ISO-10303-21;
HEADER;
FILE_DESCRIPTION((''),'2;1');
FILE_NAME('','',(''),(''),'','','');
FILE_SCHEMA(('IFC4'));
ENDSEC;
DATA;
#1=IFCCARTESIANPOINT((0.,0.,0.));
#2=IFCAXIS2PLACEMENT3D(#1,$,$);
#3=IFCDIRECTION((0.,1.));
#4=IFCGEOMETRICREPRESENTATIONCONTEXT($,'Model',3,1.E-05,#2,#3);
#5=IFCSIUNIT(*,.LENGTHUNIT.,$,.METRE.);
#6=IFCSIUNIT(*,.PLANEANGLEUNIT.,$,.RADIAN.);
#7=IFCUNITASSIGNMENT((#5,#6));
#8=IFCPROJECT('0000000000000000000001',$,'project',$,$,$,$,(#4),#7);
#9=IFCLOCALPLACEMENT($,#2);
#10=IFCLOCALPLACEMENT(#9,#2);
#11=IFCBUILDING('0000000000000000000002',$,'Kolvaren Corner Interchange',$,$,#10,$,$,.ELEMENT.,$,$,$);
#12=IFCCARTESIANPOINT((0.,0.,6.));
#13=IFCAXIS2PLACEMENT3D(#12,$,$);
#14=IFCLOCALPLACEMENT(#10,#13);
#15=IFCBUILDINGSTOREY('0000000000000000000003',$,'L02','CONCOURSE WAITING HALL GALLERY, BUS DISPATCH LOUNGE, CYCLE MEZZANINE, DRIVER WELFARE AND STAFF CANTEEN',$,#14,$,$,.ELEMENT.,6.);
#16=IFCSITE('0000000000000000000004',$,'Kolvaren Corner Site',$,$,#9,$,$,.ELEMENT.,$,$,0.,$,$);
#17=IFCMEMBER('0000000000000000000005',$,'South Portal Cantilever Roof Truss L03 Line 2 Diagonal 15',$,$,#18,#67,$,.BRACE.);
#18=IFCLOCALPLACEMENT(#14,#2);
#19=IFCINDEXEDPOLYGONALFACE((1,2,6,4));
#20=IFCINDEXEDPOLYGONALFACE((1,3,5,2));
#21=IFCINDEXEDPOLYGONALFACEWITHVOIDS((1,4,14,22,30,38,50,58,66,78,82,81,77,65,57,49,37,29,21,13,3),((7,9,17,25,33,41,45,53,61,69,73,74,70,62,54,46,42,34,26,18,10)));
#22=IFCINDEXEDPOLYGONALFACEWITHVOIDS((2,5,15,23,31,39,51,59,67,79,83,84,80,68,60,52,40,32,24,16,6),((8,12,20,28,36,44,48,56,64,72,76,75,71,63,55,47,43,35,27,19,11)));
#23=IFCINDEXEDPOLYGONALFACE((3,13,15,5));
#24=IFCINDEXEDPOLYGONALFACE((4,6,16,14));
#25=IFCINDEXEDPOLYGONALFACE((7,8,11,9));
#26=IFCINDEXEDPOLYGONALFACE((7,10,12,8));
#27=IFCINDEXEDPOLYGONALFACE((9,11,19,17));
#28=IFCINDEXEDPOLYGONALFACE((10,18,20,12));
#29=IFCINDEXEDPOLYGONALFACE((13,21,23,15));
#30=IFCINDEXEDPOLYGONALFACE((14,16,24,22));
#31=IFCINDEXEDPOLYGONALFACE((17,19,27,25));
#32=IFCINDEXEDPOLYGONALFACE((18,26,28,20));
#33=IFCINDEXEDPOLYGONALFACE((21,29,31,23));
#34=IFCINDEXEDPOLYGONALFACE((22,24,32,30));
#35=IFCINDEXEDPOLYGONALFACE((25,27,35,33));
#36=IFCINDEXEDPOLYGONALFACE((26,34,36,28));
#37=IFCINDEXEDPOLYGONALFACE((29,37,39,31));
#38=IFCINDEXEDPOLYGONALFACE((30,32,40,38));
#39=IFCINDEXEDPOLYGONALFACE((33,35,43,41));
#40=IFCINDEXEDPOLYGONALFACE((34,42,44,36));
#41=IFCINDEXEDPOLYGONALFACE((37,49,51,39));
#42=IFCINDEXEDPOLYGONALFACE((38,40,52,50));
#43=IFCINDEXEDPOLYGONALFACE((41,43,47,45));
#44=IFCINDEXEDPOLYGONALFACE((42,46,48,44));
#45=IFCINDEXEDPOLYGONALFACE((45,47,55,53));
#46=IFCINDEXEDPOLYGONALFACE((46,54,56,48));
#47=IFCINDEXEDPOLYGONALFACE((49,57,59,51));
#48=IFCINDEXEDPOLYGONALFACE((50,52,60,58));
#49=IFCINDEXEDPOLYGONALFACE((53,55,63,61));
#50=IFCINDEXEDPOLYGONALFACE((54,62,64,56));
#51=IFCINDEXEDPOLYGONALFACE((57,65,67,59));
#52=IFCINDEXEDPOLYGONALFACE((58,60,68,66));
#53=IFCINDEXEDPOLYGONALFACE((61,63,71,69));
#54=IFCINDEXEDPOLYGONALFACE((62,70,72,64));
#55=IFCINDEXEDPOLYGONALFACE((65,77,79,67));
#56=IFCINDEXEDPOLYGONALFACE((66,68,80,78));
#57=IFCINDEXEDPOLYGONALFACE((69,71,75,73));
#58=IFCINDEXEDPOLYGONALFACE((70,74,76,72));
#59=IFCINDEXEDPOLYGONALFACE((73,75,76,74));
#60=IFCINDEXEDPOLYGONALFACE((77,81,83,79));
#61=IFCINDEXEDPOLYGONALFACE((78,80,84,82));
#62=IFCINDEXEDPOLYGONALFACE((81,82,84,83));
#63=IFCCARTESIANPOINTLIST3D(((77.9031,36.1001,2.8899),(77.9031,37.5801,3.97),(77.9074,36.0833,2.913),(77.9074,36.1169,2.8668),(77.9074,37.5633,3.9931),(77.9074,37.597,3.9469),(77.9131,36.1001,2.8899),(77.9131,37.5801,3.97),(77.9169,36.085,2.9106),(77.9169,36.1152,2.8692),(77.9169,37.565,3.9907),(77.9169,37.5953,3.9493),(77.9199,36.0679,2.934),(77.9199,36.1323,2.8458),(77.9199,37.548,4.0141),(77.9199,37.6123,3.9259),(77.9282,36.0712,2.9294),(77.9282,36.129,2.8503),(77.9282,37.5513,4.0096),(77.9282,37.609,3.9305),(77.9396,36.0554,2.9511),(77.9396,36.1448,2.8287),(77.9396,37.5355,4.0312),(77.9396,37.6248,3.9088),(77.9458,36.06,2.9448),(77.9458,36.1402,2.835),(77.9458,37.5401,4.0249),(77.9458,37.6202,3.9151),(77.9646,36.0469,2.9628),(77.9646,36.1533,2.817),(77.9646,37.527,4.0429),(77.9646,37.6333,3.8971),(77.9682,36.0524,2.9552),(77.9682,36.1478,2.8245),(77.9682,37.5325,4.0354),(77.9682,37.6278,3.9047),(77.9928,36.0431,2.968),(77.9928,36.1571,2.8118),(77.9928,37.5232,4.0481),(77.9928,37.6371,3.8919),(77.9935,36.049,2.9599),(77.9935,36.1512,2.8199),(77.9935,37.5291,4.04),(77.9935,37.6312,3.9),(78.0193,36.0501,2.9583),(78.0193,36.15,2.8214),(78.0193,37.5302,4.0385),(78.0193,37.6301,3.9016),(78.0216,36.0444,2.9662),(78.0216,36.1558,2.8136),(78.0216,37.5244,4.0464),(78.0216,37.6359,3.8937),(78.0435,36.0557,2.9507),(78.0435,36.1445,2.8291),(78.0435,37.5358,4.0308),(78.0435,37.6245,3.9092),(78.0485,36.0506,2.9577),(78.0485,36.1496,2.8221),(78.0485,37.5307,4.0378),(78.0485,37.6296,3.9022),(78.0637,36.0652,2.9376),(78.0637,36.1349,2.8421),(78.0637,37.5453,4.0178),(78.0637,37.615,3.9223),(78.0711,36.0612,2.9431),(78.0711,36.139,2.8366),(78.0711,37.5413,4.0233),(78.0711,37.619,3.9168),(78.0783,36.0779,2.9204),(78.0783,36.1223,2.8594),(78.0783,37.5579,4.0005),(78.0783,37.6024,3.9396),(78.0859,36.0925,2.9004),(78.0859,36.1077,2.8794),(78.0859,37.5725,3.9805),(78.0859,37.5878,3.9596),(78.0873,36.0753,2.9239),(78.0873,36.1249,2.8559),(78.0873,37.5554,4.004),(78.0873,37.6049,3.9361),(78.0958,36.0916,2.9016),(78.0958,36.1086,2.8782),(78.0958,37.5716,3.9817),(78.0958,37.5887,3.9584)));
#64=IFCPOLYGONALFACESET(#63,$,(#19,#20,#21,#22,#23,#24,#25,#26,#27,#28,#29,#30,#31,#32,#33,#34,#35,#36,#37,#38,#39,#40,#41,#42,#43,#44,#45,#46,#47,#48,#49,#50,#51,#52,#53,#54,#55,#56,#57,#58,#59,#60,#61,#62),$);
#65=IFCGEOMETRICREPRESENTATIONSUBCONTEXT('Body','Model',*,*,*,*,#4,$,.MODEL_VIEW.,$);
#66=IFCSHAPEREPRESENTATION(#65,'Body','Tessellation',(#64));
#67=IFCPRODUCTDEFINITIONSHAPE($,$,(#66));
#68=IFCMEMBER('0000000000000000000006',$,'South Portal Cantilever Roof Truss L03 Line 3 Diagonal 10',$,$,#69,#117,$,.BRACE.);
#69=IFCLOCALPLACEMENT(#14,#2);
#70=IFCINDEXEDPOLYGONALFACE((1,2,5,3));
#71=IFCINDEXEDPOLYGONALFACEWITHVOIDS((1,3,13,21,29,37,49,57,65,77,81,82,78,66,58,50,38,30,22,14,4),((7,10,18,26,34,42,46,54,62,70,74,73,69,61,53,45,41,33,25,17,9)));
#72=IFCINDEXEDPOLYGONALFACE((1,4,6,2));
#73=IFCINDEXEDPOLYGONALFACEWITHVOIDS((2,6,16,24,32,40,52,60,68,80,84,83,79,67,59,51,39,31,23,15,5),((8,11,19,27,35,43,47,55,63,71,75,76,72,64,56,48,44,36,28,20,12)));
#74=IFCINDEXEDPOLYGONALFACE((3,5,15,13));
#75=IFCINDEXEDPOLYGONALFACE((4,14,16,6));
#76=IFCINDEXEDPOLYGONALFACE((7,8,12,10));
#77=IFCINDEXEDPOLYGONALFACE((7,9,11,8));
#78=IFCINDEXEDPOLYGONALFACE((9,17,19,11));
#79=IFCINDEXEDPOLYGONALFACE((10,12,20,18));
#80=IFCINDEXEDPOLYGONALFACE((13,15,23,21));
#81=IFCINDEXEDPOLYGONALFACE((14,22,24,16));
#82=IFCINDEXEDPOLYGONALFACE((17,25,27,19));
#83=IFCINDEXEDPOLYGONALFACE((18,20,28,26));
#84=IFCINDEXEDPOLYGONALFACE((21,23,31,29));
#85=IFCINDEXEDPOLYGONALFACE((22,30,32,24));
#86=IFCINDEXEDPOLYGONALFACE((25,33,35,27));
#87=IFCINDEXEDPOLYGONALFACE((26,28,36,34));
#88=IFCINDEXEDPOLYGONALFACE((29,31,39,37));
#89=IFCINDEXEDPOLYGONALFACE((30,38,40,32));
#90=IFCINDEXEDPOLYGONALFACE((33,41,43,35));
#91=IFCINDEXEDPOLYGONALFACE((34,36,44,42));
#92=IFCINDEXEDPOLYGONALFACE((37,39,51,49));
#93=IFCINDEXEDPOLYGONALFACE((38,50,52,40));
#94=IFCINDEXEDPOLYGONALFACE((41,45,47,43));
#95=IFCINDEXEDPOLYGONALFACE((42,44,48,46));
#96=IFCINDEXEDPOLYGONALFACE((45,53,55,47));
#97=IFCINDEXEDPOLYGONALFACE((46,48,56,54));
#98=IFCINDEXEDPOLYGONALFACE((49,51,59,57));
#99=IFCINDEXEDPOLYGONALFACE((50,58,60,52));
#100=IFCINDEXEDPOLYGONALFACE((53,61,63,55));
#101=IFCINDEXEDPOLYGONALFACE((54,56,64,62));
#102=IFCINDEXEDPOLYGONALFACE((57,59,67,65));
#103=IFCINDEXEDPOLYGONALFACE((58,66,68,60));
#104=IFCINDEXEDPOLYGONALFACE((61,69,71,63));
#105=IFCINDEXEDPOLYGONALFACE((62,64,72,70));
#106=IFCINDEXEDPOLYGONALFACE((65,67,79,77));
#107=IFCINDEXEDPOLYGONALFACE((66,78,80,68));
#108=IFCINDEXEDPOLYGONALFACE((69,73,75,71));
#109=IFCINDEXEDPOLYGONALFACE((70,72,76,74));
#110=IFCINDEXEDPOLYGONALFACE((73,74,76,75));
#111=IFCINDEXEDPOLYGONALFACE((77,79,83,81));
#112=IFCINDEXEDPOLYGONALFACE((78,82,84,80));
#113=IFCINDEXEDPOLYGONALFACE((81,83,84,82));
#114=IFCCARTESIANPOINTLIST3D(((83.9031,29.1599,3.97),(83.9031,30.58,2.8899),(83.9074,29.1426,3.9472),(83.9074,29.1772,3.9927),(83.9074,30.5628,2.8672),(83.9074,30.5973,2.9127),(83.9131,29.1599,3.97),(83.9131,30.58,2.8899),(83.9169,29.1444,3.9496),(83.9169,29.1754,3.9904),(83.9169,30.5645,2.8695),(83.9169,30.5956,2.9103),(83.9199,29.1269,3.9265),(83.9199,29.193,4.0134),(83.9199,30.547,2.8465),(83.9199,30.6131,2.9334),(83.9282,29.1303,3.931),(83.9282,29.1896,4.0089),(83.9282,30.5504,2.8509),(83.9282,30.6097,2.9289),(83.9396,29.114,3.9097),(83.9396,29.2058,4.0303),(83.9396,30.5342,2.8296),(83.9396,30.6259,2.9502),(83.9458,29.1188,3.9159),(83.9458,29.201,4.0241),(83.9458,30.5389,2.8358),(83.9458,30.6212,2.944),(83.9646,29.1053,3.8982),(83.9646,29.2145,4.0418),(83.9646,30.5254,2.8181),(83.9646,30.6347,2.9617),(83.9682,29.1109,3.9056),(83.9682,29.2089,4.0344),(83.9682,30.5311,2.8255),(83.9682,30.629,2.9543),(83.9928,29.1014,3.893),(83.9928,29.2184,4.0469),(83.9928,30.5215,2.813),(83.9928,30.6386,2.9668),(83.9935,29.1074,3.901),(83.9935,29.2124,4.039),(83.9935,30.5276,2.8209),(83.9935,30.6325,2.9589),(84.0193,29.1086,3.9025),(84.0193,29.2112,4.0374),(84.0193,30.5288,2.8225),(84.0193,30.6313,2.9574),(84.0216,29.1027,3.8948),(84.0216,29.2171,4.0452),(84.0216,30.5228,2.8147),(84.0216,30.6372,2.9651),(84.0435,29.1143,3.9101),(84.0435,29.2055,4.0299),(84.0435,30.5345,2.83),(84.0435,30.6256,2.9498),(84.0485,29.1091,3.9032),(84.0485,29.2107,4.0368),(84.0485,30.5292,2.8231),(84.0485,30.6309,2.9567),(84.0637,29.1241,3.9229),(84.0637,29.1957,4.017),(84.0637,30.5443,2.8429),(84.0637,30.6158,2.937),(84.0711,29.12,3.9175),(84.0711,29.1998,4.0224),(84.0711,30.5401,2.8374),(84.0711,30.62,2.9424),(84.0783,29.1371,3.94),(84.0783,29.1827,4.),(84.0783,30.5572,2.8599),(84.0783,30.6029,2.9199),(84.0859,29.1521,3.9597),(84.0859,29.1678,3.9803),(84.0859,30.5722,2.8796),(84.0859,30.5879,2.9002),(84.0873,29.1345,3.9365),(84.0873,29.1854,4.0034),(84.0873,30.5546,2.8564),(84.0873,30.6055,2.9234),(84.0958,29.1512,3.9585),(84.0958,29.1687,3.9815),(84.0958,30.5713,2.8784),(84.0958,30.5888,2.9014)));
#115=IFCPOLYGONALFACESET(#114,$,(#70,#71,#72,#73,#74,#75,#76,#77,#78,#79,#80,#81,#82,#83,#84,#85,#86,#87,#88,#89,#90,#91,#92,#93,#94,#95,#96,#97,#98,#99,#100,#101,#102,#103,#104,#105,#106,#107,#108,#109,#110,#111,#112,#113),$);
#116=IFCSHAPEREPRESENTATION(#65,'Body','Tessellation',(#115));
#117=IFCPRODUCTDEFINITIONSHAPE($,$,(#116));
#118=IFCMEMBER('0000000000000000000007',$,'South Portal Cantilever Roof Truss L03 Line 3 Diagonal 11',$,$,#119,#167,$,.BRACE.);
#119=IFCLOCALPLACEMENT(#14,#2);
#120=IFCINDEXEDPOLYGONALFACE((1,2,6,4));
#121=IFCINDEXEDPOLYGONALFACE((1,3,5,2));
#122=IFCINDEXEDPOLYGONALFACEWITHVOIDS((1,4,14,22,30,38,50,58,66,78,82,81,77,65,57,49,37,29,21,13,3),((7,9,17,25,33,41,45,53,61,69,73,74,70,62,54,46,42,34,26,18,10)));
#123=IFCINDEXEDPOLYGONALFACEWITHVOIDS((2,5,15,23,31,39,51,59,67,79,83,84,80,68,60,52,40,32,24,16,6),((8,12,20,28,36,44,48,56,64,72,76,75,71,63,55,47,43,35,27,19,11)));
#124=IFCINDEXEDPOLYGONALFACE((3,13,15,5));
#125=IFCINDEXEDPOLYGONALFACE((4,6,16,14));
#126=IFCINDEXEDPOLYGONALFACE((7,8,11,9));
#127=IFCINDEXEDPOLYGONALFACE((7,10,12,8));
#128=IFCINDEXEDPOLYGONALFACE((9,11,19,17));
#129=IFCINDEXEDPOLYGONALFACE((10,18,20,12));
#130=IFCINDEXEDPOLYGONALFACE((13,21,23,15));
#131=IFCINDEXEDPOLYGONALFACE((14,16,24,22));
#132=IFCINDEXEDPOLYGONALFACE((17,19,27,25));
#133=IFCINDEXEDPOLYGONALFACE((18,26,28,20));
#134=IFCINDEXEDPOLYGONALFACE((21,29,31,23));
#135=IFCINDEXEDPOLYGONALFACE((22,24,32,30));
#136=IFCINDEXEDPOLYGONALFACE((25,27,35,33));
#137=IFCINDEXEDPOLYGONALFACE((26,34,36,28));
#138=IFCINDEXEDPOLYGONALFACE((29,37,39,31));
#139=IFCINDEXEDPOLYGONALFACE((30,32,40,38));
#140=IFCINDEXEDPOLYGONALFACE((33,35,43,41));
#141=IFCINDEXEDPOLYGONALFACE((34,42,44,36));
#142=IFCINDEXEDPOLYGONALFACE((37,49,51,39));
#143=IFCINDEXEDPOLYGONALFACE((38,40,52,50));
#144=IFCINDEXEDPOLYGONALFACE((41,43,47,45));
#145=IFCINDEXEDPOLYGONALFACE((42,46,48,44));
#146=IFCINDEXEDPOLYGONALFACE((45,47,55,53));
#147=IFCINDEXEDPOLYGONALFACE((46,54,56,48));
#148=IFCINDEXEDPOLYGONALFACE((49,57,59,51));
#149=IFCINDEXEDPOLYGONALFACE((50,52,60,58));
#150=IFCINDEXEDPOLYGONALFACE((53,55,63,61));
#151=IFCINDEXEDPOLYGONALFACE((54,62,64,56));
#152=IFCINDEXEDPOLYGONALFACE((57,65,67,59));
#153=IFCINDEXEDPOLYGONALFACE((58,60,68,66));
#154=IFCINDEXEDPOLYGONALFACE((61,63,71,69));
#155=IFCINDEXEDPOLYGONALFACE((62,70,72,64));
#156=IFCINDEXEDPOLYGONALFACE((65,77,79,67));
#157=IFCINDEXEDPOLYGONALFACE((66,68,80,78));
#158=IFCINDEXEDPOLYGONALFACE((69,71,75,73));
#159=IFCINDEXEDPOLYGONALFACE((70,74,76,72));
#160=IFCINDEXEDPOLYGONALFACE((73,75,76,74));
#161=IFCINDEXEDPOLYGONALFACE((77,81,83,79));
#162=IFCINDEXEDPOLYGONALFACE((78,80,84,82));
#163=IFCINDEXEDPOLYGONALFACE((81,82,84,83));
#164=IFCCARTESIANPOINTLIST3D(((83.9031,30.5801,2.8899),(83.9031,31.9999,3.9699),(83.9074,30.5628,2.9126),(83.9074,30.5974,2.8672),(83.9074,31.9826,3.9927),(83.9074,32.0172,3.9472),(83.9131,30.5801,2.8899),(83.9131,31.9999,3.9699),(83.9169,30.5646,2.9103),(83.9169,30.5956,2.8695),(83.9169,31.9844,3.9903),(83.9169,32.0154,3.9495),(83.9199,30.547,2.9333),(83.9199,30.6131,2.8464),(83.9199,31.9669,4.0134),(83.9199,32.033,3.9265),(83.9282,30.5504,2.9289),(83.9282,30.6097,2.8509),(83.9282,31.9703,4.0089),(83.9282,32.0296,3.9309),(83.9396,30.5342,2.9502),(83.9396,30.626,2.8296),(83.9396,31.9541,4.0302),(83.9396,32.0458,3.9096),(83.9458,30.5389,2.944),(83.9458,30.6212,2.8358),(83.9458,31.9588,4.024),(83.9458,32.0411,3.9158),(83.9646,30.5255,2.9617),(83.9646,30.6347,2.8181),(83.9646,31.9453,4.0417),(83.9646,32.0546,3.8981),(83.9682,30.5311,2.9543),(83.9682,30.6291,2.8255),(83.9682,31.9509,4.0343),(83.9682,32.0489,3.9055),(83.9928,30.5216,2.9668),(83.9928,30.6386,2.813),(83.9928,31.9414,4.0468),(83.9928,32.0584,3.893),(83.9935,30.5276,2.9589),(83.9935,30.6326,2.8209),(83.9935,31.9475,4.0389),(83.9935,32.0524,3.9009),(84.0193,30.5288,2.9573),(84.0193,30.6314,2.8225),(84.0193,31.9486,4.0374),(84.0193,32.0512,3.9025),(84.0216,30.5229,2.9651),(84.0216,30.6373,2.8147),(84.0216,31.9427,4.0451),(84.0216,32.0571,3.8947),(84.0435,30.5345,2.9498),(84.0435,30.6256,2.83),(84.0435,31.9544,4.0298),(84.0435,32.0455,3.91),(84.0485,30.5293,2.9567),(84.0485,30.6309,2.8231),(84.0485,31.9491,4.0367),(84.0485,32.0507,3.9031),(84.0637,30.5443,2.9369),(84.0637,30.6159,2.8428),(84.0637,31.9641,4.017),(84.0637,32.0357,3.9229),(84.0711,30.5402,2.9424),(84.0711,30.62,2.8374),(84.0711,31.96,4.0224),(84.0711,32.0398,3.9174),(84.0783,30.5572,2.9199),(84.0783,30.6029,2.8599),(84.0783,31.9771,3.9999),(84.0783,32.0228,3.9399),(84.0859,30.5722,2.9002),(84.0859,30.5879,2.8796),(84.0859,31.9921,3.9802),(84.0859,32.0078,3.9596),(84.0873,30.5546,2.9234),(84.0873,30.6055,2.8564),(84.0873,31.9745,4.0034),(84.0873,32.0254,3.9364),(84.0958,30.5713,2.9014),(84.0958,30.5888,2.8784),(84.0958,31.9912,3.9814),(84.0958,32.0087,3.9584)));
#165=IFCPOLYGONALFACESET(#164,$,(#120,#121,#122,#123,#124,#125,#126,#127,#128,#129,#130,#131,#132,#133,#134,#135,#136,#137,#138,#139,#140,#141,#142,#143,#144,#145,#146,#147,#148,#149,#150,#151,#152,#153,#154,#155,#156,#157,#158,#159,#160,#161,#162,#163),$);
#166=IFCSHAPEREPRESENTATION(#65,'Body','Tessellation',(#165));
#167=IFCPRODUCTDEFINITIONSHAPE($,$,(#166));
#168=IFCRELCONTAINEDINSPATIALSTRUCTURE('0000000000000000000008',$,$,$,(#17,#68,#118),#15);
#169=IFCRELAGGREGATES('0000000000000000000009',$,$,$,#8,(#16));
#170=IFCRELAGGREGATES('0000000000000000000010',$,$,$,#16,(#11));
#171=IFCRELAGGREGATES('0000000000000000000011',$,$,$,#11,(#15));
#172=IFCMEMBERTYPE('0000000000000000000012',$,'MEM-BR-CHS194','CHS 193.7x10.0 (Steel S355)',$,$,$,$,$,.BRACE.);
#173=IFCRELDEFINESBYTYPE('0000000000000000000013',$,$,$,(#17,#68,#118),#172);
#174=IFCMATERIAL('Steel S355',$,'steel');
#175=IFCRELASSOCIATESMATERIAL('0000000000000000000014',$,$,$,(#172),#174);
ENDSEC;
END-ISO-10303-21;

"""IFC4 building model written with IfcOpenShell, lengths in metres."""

from ifc_helpers import new_model, si_unit, direction, frame, origin, origin_2d, place, context, subcontext, project, spatial, hollow_circle, extrude, material, material_profile, profile_set, type_object, element, save


model = new_model("IFC4")

# Units and contexts
model_context = context("Model", 3, precision=1e-05, world=origin(), true_north=direction((0.0, 1.0)))
body_context = subcontext(model_context, "Body", "Model", "MODEL_VIEW")
ifc_project = project(units=[si_unit("LENGTHUNIT", "METRE"), si_unit("PLANEANGLEUNIT", "RADIAN")], contexts=[model_context])

# Site, building, storey
site_placement = place(None, origin())
site = spatial("IfcSite", under=ifc_project, at=site_placement, Name="Kolvaren Corner Site", CompositionType="ELEMENT", RefElevation=0.0)
building_placement = place(site_placement, origin())
building = spatial("IfcBuilding", under=site, at=building_placement, Name="Kolvaren Corner Interchange", CompositionType="ELEMENT")
storey_placement = place(building_placement, frame((0.0, 0.0, 6.0)))
storey = spatial("IfcBuildingStorey", under=building, at=storey_placement, Name="L02", Description="CONCOURSE WAITING HALL GALLERY, BUS DISPATCH LOUNGE, CYCLE MEZZANINE, DRIVER WELFARE AND STAFF CANTEEN", CompositionType="ELEMENT", Elevation=6.0)

# Members
ifc_material_1 = material(Name="Steel S355", Category="steel")
ifc_material_profile_1 = material_profile(ifc_material_1, hollow_circle(Radius=0.0969, WallThickness=0.01, at=origin_2d()), Name="CHS 193.7x10.0")
ifc_profile_set_1 = profile_set([ifc_material_profile_1], Name="Steel S355")
member_type_1 = type_object("IfcMemberType", Name="MEM-BR-CHS194", Description="CHS 193.7x10.0 (Steel S355)", PredefinedType="BRACE", material=ifc_profile_set_1)
for number, where, z_axis, x_axis, name in (
    (1, (78.0, 36.1001, 2.8899), (0.0, 0.807767, 0.589502), (-1.0, 0.0, 0.0), "South Portal Cantilever Roof Truss L03 Line 2 Diagonal 15"),
):
    element("IfcMember", number, at=place(storey_placement, frame(where, z_axis=z_axis, x_axis=x_axis)), inside=storey, type_object=member_type_1, Name=name, PredefinedType="BRACE", context=body_context, shape_type="SweptSolid", body=[
        extrude(hollow_circle(Radius=0.0969, WallThickness=0.01, at=origin_2d()), origin(), (0.0, 0.0, 1.0), 1.8323),
    ])
member_1_placement = place(storey_placement, frame((84.0, 29.1599, 3.97), z_axis=(0.0, 0.795959, -0.60535), x_axis=(-1.0, 0.0, 0.0)))
element("IfcMember", 2, at=member_1_placement, inside=storey, type_object=member_type_1, Name="South Portal Cantilever Roof Truss L03 Line 3 Diagonal 10", PredefinedType="BRACE", context=body_context, shape_type="SweptSolid", body=[
    extrude(hollow_circle(Radius=0.0969, WallThickness=0.01, at=origin_2d()), origin(), (0.0, 0.0, 1.0), 1.7842),
])
for number, where, z_axis, x_axis, name in (
    (3, (84.0, 30.5801, 2.8899), (0.0, 0.795909, 0.605416), (-1.0, 0.0, 0.0), "South Portal Cantilever Roof Truss L03 Line 3 Diagonal 11"),
):
    element("IfcMember", number, at=place(storey_placement, frame(where, z_axis=z_axis, x_axis=x_axis)), inside=storey, type_object=member_type_1, Name=name, PredefinedType="BRACE", context=body_context, shape_type="SweptSolid", body=[
        extrude(hollow_circle(Radius=0.0969, WallThickness=0.01, at=origin_2d()), origin(), (0.0, 0.0, 1.0), 1.7839),
    ])

save(model, "model.ifc")
